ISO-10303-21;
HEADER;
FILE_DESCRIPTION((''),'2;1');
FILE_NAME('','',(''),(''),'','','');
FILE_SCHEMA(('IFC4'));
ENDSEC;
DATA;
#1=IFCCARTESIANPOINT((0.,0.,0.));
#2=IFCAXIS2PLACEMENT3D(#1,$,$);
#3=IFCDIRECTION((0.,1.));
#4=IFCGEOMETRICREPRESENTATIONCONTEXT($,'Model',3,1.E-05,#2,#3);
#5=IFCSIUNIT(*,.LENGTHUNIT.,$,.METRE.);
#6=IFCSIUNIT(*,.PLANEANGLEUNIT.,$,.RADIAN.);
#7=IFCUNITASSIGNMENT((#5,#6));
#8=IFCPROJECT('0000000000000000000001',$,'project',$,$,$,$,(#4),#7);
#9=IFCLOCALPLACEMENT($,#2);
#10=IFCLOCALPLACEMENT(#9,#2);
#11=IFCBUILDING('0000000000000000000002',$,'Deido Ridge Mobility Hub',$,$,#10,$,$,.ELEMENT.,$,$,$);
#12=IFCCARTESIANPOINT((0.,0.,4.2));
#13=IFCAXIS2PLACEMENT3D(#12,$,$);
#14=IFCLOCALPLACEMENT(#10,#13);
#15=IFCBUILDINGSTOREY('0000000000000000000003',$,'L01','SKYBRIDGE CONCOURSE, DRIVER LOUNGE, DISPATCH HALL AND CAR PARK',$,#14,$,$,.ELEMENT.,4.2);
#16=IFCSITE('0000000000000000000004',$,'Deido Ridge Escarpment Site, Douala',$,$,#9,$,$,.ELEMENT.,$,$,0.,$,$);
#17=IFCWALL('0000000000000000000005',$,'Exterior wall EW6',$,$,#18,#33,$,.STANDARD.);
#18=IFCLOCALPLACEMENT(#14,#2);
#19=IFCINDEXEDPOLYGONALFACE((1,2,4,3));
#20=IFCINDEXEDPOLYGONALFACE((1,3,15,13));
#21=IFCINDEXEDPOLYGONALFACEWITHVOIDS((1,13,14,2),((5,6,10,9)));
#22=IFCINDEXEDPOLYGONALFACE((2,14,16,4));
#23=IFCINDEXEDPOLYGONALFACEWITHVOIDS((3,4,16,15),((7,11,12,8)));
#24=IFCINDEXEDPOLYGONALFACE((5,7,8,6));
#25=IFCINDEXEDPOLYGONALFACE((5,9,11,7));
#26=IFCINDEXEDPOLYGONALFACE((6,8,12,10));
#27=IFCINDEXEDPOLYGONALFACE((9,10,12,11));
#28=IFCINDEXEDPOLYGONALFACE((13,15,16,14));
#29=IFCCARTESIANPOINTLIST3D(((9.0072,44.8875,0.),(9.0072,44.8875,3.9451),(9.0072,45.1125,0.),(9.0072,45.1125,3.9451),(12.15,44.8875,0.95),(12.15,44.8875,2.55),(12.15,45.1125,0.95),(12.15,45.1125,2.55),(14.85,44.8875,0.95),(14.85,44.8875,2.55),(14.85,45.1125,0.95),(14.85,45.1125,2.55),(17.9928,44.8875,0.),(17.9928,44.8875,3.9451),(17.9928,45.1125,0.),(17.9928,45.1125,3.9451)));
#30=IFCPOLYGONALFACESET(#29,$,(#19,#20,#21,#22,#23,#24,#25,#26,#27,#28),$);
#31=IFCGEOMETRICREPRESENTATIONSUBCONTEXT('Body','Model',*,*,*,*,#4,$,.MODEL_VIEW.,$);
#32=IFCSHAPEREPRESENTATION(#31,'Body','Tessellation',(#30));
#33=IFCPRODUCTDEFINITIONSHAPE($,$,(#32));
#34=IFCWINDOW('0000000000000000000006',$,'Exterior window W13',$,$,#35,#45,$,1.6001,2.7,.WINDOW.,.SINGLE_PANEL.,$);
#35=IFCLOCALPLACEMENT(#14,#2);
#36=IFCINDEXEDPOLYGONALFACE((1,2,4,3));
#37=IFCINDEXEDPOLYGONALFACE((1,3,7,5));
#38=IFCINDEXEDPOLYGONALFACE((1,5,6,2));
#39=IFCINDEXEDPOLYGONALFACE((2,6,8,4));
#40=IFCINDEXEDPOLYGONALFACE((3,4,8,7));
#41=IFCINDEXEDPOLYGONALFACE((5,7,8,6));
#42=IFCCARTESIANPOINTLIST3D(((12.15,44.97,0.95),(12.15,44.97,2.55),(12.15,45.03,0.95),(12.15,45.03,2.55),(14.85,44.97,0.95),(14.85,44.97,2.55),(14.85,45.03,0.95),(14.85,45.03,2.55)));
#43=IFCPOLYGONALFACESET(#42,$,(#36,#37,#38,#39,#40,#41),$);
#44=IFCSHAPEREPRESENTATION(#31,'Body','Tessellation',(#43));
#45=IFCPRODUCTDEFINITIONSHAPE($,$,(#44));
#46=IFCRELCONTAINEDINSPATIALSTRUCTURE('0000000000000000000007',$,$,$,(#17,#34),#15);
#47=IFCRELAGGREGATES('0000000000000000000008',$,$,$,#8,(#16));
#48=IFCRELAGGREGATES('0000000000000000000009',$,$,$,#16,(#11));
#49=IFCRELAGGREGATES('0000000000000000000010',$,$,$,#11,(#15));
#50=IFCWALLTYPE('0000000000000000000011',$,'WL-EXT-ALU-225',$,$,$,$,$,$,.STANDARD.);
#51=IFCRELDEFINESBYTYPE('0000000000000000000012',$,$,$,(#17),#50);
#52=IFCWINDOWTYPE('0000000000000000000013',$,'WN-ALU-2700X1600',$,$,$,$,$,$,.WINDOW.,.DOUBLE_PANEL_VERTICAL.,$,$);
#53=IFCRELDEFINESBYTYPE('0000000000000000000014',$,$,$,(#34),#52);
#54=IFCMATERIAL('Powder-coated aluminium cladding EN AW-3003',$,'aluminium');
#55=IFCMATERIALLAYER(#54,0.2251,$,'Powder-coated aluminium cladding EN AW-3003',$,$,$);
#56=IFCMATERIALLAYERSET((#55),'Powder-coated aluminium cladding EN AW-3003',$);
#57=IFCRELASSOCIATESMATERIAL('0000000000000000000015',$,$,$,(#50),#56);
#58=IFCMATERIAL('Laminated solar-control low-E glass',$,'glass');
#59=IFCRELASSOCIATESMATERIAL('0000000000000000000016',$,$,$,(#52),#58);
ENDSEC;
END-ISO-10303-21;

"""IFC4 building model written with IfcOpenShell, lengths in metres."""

from ifc_helpers import new_model, si_unit, direction, frame, frame_2d, origin, place, context, subcontext, project, spatial, rectangle, extrude, material, layer, layer_set, type_object, element, fill, save


model = new_model("IFC4")

# Units and contexts
model_context = context("Model", 3, precision=1e-05, world=origin(), true_north=direction((0.0, 1.0)))
body_context = subcontext(model_context, "Body", "Model", "MODEL_VIEW")
ifc_project = project(units=[si_unit("LENGTHUNIT", "METRE"), si_unit("PLANEANGLEUNIT", "RADIAN")], contexts=[model_context])

# Site, building, storey
site_placement = place(None, origin())
site = spatial("IfcSite", under=ifc_project, at=site_placement, Name="Deido Ridge Escarpment Site, Douala", CompositionType="ELEMENT", RefElevation=0.0)
building_placement = place(site_placement, origin())
building = spatial("IfcBuilding", under=site, at=building_placement, Name="Deido Ridge Mobility Hub", CompositionType="ELEMENT")
storey_placement = place(building_placement, frame((0.0, 0.0, 4.2)))
storey = spatial("IfcBuildingStorey", under=building, at=storey_placement, Name="L01", Description="SKYBRIDGE CONCOURSE, DRIVER LOUNGE, DISPATCH HALL AND CAR PARK", CompositionType="ELEMENT", Elevation=4.2)

# Shared definitions
ifc_material_1 = material(Name="Laminated solar-control low-E glass", Category="glass")

# Wall, opening, window
ifc_material_2 = material(Name="Powder-coated aluminium cladding EN AW-3003", Category="aluminium")
ifc_layer_1 = layer(ifc_material_2, 0.2251, Name="Powder-coated aluminium cladding EN AW-3003")
ifc_layer_set_1 = layer_set([ifc_layer_1], Name="Powder-coated aluminium cladding EN AW-3003")
wall_type = type_object("IfcWallType", Name="WL-EXT-ALU-225", PredefinedType="STANDARD", material=ifc_layer_set_1)
wall_placement = place(storey_placement, frame((9.0073, 45.0, 0.0), z_axis=(0.0, 0.0, 1.0), x_axis=(1.0, 0.0, 0.0)))
wall = element("IfcWall", 1, at=wall_placement, inside=storey, type_object=wall_type, Name="Exterior wall EW6", PredefinedType="STANDARD", context=body_context, shape_type="SweptSolid", body=[
    extrude(rectangle(XDim=8.9856, YDim=0.2251, at=frame_2d((4.4927, 0.0))), origin(), (0.0, 0.0, 1.0), 3.9451),
])
opening_placement = place(wall_placement, frame((3.1426, 0.0, 0.95)))
opening = element("IfcOpeningElement", 2, at=opening_placement, cuts=wall, PredefinedType="OPENING", context=body_context, shape_type="SweptSolid", body=[
    extrude(rectangle(XDim=2.7, YDim=1.6001, at=frame_2d((1.3501, 0.8))), frame((0.0, 0.1226, 0.0), z_axis=(0.0, -1.0, 0.0), x_axis=(1.0, 0.0, 0.0)), (0.0, 0.0, 1.0), 0.2451),
])
window_type = type_object("IfcWindowType", Name="WN-ALU-2700X1600", PartitioningType="DOUBLE_PANEL_VERTICAL", PredefinedType="WINDOW", material=ifc_material_1)
window_placement = place(opening_placement, origin())
window = element("IfcWindow", 3, at=window_placement, inside=storey, type_object=window_type, Name="Exterior window W13", OverallHeight=1.6001, OverallWidth=2.7, PartitioningType="SINGLE_PANEL", PredefinedType="WINDOW", context=body_context, shape_type="SweptSolid", body=[
    extrude(rectangle(XDim=2.7, YDim=1.6001, at=frame_2d((1.3501, 0.8))), frame((0.0, 0.03, 0.0), z_axis=(0.0, -1.0, 0.0), x_axis=(1.0, 0.0, 0.0)), (0.0, 0.0, 1.0), 0.0601),
])
fill(opening, window)

save(model, "model.ifc")
